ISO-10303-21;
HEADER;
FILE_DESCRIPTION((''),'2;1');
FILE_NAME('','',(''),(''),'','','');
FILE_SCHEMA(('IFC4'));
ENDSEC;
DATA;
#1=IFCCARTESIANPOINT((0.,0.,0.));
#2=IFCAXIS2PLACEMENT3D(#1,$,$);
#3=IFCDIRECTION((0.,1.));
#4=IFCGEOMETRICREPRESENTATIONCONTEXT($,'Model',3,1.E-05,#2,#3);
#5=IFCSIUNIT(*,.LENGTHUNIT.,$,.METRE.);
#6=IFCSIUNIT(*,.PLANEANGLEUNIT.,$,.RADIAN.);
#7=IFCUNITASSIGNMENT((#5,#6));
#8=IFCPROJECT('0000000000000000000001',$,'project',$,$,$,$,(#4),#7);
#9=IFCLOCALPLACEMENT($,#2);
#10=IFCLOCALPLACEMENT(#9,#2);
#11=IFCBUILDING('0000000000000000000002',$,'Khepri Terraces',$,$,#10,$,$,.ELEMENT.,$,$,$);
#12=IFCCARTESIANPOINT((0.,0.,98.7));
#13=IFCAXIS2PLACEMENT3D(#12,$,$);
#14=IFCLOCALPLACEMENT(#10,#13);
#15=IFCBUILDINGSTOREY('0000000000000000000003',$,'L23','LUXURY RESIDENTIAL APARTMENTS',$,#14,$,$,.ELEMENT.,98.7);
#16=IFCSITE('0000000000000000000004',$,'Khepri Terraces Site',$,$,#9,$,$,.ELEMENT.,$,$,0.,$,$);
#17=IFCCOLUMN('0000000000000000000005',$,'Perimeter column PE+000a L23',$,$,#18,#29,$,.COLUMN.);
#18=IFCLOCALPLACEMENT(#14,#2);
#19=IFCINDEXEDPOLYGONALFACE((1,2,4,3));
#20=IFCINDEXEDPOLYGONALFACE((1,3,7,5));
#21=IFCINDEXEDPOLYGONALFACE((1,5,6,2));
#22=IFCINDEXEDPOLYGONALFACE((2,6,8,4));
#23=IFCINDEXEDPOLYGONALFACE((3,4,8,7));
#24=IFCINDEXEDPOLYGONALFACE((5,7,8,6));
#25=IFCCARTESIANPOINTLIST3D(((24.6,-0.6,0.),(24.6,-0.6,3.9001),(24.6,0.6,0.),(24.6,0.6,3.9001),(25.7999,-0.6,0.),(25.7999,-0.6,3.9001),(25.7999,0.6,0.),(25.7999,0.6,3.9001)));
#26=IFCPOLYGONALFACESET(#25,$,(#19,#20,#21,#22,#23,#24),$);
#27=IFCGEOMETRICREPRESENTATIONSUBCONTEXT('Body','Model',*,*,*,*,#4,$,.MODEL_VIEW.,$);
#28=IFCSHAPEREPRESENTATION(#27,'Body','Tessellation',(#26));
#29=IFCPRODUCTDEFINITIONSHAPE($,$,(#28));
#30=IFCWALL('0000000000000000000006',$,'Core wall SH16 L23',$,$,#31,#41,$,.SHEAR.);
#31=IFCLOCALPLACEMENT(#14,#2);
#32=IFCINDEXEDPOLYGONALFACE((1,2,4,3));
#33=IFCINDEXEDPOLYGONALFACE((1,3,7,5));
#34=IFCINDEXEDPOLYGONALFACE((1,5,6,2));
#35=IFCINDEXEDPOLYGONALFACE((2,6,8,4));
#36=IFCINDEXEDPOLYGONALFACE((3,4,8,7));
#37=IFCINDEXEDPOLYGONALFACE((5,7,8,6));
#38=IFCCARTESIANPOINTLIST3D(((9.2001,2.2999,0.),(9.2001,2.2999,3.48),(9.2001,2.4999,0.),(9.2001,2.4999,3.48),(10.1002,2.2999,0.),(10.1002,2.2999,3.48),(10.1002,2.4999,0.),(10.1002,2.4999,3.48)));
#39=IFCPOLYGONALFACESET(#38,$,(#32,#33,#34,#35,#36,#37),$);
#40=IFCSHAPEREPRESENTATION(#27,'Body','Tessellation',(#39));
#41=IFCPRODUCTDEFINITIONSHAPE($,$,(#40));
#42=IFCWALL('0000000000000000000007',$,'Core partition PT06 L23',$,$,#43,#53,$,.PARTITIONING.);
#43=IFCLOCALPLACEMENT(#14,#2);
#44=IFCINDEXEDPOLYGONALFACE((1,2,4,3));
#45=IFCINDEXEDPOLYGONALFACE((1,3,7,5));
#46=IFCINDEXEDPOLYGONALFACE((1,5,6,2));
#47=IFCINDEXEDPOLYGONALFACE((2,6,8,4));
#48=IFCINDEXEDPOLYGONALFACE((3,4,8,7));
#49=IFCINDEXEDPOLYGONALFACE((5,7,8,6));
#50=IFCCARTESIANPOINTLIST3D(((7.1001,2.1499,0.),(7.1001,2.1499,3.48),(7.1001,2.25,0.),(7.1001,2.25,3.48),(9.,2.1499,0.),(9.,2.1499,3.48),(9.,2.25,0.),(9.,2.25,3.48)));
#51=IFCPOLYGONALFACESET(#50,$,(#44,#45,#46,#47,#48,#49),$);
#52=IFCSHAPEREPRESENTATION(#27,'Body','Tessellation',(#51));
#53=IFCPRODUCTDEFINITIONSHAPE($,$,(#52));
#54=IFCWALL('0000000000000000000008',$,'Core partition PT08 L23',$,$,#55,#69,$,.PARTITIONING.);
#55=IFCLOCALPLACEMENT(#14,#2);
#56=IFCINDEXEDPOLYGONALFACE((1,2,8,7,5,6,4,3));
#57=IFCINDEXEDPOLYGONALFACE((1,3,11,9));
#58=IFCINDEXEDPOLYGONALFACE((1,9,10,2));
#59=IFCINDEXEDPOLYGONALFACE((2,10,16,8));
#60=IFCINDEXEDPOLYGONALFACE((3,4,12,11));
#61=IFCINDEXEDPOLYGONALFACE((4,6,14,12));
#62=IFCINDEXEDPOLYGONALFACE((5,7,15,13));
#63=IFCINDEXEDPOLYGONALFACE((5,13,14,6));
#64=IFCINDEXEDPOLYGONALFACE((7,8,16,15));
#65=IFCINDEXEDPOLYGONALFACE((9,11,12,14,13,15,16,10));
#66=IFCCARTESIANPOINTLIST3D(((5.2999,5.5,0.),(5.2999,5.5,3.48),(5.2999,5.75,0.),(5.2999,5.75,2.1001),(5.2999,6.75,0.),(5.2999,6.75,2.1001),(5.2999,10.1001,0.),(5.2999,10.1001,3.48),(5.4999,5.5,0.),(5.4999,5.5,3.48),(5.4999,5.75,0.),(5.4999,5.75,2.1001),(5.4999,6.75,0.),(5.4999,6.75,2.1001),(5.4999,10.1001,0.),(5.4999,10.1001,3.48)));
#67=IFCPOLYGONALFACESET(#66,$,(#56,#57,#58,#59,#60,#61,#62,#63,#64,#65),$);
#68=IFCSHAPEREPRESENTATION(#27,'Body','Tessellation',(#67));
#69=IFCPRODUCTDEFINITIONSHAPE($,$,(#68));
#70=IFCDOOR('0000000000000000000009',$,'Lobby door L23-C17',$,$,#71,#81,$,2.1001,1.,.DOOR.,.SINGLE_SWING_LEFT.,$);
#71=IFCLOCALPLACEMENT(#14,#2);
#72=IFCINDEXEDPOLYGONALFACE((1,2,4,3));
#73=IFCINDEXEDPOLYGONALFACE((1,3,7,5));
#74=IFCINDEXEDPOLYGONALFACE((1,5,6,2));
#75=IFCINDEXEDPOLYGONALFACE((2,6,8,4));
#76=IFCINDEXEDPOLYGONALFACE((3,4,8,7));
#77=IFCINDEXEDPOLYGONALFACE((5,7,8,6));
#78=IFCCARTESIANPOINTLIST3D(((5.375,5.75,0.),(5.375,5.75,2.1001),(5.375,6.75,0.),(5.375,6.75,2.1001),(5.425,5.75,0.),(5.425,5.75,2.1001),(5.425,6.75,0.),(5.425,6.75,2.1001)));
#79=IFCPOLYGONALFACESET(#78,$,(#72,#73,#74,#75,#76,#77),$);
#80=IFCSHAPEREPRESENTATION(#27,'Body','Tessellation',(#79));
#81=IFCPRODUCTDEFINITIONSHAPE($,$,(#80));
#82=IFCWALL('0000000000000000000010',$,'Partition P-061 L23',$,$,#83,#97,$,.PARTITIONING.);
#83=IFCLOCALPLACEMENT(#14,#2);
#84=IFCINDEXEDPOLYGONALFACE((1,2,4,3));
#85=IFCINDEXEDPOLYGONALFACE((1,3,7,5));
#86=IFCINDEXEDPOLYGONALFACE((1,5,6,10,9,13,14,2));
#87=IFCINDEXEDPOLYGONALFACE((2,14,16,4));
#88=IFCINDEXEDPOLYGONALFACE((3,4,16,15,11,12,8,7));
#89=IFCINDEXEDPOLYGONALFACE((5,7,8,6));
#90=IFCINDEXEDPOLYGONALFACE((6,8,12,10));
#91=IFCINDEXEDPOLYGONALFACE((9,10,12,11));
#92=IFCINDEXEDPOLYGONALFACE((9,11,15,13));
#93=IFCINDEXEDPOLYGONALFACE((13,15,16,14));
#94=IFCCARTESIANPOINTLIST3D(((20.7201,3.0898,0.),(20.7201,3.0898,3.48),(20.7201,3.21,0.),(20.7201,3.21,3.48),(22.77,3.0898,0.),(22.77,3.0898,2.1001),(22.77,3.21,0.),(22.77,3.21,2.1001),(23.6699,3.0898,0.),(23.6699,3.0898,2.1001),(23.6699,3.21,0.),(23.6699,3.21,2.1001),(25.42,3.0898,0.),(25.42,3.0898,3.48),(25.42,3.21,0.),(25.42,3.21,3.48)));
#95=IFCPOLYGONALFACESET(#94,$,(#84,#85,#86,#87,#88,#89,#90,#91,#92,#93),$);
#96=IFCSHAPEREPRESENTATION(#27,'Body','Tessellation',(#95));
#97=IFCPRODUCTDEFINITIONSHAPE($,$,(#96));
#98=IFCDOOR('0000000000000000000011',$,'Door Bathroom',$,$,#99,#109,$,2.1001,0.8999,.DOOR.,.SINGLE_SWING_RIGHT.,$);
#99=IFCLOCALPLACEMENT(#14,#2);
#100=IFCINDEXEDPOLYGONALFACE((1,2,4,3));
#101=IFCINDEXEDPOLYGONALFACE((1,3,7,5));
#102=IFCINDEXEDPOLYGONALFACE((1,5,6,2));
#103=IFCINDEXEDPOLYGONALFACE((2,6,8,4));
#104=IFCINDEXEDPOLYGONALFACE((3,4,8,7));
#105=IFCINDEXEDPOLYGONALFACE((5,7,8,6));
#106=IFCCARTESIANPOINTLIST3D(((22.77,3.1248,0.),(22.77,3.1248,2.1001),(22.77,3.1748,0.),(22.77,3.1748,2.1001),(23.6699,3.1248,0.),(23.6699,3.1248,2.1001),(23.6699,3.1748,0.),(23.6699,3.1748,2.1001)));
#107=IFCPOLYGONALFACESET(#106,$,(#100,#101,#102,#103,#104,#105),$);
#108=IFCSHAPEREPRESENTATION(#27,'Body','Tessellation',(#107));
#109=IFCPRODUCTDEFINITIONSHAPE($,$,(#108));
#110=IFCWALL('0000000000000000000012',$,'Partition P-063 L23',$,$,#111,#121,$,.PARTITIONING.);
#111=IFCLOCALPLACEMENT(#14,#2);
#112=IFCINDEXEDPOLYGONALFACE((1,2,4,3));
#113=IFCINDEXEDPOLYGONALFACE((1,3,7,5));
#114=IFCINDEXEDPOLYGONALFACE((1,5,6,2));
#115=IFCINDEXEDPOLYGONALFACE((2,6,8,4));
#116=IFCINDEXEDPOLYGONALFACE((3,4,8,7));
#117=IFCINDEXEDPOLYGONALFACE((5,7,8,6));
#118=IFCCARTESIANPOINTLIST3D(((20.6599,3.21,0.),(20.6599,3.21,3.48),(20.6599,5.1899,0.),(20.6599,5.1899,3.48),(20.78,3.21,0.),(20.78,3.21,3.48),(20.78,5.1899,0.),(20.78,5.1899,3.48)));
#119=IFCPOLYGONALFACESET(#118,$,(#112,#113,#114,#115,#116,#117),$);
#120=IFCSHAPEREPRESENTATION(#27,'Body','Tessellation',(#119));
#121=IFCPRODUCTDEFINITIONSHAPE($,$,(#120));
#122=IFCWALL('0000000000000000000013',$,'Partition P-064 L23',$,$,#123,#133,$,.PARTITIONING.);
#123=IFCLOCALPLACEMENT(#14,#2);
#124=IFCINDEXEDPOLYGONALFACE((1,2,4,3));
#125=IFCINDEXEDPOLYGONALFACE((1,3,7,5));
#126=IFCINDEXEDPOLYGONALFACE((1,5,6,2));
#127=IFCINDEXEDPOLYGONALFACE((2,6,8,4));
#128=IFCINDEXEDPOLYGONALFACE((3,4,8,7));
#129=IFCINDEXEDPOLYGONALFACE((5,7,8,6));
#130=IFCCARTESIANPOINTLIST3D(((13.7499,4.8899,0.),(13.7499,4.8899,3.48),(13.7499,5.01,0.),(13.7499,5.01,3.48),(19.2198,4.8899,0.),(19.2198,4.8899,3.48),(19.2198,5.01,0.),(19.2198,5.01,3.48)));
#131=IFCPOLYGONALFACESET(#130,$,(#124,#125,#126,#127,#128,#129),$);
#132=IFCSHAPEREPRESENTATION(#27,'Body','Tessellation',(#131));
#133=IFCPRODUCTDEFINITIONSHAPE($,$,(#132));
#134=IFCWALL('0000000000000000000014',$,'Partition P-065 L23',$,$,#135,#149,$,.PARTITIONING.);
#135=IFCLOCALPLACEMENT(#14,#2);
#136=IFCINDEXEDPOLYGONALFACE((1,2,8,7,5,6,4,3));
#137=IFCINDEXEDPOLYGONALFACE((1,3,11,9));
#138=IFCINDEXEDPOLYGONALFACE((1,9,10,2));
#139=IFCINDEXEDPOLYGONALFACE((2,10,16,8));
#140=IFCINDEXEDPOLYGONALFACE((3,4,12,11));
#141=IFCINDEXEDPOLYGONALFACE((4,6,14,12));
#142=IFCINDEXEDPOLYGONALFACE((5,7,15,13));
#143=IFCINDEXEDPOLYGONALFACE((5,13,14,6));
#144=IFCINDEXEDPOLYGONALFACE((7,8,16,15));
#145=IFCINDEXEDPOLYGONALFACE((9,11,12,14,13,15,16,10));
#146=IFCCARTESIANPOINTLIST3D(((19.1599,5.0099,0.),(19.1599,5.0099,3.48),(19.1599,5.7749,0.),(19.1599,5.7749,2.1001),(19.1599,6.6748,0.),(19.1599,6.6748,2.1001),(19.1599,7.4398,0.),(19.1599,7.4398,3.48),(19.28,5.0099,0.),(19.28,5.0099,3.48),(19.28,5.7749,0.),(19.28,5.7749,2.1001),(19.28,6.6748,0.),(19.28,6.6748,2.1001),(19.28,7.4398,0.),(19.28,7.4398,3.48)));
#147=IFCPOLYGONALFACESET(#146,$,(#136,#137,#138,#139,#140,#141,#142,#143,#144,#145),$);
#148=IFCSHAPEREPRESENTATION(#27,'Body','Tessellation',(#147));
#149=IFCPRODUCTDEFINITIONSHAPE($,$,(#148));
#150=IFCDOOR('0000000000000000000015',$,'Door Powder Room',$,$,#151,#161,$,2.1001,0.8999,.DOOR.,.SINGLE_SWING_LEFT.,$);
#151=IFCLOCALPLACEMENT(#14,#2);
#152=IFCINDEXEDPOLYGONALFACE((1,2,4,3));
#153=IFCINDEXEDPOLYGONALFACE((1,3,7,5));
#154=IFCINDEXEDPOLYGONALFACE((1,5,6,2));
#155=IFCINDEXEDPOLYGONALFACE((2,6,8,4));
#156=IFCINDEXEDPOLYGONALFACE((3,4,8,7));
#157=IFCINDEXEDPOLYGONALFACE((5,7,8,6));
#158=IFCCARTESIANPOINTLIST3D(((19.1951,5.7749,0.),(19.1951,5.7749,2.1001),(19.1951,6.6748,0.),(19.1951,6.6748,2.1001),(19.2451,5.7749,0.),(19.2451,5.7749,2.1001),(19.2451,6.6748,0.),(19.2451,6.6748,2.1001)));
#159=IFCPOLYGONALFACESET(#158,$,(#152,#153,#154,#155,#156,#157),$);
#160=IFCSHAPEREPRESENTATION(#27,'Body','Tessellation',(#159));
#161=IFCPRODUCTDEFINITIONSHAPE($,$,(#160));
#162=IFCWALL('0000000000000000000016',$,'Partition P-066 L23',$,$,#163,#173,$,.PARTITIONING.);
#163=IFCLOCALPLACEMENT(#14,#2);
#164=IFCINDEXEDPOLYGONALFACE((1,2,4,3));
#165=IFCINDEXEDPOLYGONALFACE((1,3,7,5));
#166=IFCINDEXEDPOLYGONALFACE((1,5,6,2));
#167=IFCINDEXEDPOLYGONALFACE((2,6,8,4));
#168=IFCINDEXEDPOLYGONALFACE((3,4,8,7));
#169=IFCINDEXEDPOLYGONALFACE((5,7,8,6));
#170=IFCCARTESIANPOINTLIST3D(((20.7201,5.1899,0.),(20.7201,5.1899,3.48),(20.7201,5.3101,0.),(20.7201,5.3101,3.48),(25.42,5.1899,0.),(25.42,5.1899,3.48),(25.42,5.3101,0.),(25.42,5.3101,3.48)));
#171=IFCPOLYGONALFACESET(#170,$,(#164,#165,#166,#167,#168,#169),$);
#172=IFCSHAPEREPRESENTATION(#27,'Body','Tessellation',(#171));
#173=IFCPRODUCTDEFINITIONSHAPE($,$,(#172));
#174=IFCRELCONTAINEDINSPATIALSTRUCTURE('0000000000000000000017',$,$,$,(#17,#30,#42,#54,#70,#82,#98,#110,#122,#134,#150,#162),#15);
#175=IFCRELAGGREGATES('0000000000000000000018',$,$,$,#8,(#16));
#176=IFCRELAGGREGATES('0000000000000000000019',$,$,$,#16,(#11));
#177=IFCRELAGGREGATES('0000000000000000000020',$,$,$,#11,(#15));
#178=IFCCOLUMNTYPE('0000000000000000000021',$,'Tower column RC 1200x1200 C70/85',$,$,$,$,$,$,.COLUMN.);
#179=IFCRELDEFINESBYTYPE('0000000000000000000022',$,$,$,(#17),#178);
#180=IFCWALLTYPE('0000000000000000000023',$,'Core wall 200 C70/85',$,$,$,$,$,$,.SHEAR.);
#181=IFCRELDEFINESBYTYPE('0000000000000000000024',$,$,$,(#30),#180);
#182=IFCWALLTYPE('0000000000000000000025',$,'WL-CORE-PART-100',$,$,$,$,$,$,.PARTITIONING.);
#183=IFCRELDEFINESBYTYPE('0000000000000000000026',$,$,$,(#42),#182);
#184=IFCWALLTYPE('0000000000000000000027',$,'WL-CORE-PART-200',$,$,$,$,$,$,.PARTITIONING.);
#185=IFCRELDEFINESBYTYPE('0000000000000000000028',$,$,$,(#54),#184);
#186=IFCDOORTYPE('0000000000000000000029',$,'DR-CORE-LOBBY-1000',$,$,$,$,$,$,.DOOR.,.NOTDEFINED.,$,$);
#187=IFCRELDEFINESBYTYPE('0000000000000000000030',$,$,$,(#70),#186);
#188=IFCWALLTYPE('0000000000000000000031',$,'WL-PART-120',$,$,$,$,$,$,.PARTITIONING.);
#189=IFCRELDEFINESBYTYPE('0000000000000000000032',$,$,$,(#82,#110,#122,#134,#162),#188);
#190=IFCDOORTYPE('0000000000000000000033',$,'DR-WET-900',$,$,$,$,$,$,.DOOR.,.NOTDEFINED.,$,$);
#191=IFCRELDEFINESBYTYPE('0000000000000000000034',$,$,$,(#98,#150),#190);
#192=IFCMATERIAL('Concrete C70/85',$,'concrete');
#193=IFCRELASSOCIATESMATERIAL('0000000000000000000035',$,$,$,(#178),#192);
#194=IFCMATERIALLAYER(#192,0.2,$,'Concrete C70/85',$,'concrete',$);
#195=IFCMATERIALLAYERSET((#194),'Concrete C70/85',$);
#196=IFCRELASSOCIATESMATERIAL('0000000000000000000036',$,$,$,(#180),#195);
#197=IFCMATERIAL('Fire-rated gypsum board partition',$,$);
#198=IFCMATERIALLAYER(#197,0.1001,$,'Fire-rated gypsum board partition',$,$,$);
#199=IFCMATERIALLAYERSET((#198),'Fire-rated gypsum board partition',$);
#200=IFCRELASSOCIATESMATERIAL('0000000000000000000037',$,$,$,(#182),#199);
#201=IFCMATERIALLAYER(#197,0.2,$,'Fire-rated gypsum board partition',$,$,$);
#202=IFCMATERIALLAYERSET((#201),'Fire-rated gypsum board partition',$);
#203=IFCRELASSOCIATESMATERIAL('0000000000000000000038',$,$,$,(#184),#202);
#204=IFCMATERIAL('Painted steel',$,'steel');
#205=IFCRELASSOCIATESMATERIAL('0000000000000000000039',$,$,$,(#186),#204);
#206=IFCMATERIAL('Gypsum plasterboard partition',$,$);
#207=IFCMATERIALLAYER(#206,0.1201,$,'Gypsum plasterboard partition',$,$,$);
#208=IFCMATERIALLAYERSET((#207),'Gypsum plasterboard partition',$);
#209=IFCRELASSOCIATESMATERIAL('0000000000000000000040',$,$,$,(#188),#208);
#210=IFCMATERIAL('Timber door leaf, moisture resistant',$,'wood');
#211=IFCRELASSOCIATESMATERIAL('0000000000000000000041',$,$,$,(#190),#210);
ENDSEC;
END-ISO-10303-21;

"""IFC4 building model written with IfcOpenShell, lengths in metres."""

from ifc_helpers import new_model, si_unit, direction, frame, frame_2d, origin, origin_2d, place, context, subcontext, project, spatial, rectangle, extrude, material, layer, layer_set, material_profile, profile_set, type_object, element, fill, save


model = new_model("IFC4")

# Units and contexts
model_context = context("Model", 3, precision=1e-05, world=origin(), true_north=direction((0.0, 1.0)))
body_context = subcontext(model_context, "Body", "Model", "MODEL_VIEW")
ifc_project = project(units=[si_unit("LENGTHUNIT", "METRE"), si_unit("PLANEANGLEUNIT", "RADIAN")], contexts=[model_context])

# Site, building, storey
site_placement = place(None, origin())
site = spatial("IfcSite", under=ifc_project, at=site_placement, Name="Khepri Terraces Site", CompositionType="ELEMENT", RefElevation=0.0)
building_placement = place(site_placement, origin())
building = spatial("IfcBuilding", under=site, at=building_placement, Name="Khepri Terraces", CompositionType="ELEMENT")
storey_placement = place(building_placement, frame((0.0, 0.0, 98.7)))
storey = spatial("IfcBuildingStorey", under=building, at=storey_placement, Name="L23", Description="LUXURY RESIDENTIAL APARTMENTS", CompositionType="ELEMENT", Elevation=98.7)

# Column
ifc_material_1 = material(Name="Concrete C70/85", Category="concrete")
ifc_material_profile = material_profile(ifc_material_1, rectangle(XDim=1.2, YDim=1.2, at=origin_2d()), Name="Concrete C70/85", Category="concrete")
ifc_profile_set = profile_set([ifc_material_profile], Name="Concrete C70/85")
column_type = type_object("IfcColumnType", Name="Tower column RC 1200x1200 C70/85", PredefinedType="COLUMN", material=ifc_profile_set)
column_placement = place(storey_placement, frame((25.2, 0.0, 0.0), z_axis=(0.0, 0.0, 1.0), x_axis=(1.0, 0.0, 0.0)))
element("IfcColumn", 1, at=column_placement, inside=storey, type_object=column_type, Name="Perimeter column PE+000a L23", PredefinedType="COLUMN", context=body_context, shape_type="SweptSolid", body=[
    extrude(rectangle(XDim=1.2, YDim=1.2, at=origin_2d()), origin(), (0.0, 0.0, 1.0), 3.9001),
])

# Walls
ifc_layer_1 = layer(ifc_material_1, 0.2, Name="Concrete C70/85", Category="concrete")
ifc_layer_set_1 = layer_set([ifc_layer_1], Name="Concrete C70/85")
wall_type_1 = type_object("IfcWallType", Name="Core wall 200 C70/85", PredefinedType="SHEAR", material=ifc_layer_set_1)
wall_1_placement = place(storey_placement, frame((9.2, 2.3999, 0.0), z_axis=(0.0, 0.0, 1.0), x_axis=(1.0, 0.0, 0.0)))
element("IfcWall", 2, at=wall_1_placement, inside=storey, type_object=wall_type_1, Name="Core wall SH16 L23", PredefinedType="SHEAR", context=body_context, shape_type="SweptSolid", body=[
    extrude(rectangle(XDim=0.9001, YDim=0.2, at=frame_2d((0.4502, 0.0))), origin(), (0.0, 0.0, 1.0), 3.48),
])
ifc_material_2 = material(Name="Fire-rated gypsum board partition")
ifc_layer_2 = layer(ifc_material_2, 0.1001, Name="Fire-rated gypsum board partition")
ifc_layer_set_2 = layer_set([ifc_layer_2], Name="Fire-rated gypsum board partition")
wall_type_2 = type_object("IfcWallType", Name="WL-CORE-PART-100", PredefinedType="PARTITIONING", material=ifc_layer_set_2)
wall_2_placement = place(storey_placement, frame((7.1001, 2.2, 0.0), z_axis=(0.0, 0.0, 1.0), x_axis=(1.0, 0.0, 0.0)))
element("IfcWall", 3, at=wall_2_placement, inside=storey, type_object=wall_type_2, Name="Core partition PT06 L23", PredefinedType="PARTITIONING", context=body_context, shape_type="SweptSolid", body=[
    extrude(rectangle(XDim=1.8999, YDim=0.1001, at=frame_2d((0.95, 0.0))), origin(), (0.0, 0.0, 1.0), 3.48),
])

# Wall, opening, door
ifc_layer_3 = layer(ifc_material_2, 0.2, Name="Fire-rated gypsum board partition")
ifc_layer_set_3 = layer_set([ifc_layer_3], Name="Fire-rated gypsum board partition")
wall_type_3 = type_object("IfcWallType", Name="WL-CORE-PART-200", PredefinedType="PARTITIONING", material=ifc_layer_set_3)
wall_3_placement = place(storey_placement, frame((5.3999, 5.5, 0.0), z_axis=(0.0, 0.0, 1.0), x_axis=(0.0, 1.0, 0.0)))
wall_3 = element("IfcWall", 4, at=wall_3_placement, inside=storey, type_object=wall_type_3, Name="Core partition PT08 L23", PredefinedType="PARTITIONING", context=body_context, shape_type="SweptSolid", body=[
    extrude(rectangle(XDim=4.6001, YDim=0.2, at=frame_2d((2.3, 0.0))), origin(), (0.0, 0.0, 1.0), 3.48),
])
opening_1_placement = place(wall_3_placement, frame((0.25, 0.0, 0.0)))
opening_1 = element("IfcOpeningElement", 5, at=opening_1_placement, cuts=wall_3, PredefinedType="OPENING", context=body_context, shape_type="SweptSolid", body=[
    extrude(rectangle(XDim=1.0, YDim=2.1001, at=frame_2d((0.5, 1.05))), frame((0.0, 0.1099, 0.0), z_axis=(0.0, -1.0, 0.0), x_axis=(1.0, 0.0, 0.0)), (0.0, 0.0, 1.0), 0.22),
])
ifc_material_3 = material(Name="Painted steel", Category="steel")
door_type_1 = type_object("IfcDoorType", Name="DR-CORE-LOBBY-1000", OperationType="NOTDEFINED", PredefinedType="DOOR", material=ifc_material_3)
door_1_placement = place(opening_1_placement, origin())
door_1 = element("IfcDoor", 6, at=door_1_placement, inside=storey, type_object=door_type_1, Name="Lobby door L23-C17", OperationType="SINGLE_SWING_LEFT", OverallHeight=2.1001, OverallWidth=1.0, PredefinedType="DOOR", context=body_context, shape_type="SweptSolid", body=[
    extrude(rectangle(XDim=1.0, YDim=2.1001, at=frame_2d((0.5, 1.05))), frame((0.0, 0.0249, 0.0), z_axis=(0.0, -1.0, 0.0), x_axis=(1.0, 0.0, 0.0)), (0.0, 0.0, 1.0), 0.05),
])
fill(opening_1, door_1)

# Wall, opening, door
ifc_material_4 = material(Name="Gypsum plasterboard partition")
ifc_layer_4 = layer(ifc_material_4, 0.1201, Name="Gypsum plasterboard partition")
ifc_layer_set_4 = layer_set([ifc_layer_4], Name="Gypsum plasterboard partition")
wall_type_4 = type_object("IfcWallType", Name="WL-PART-120", PredefinedType="PARTITIONING", material=ifc_layer_set_4)
wall_4_placement = place(storey_placement, frame((20.72, 3.1499, 0.0), z_axis=(0.0, 0.0, 1.0), x_axis=(1.0, 0.0, 0.0)))
wall_4 = element("IfcWall", 7, at=wall_4_placement, inside=storey, type_object=wall_type_4, Name="Partition P-061 L23", PredefinedType="PARTITIONING", context=body_context, shape_type="SweptSolid", body=[
    extrude(rectangle(XDim=4.7, YDim=0.1201, at=frame_2d((2.3501, 0.0))), origin(), (0.0, 0.0, 1.0), 3.48),
])
opening_2_placement = place(wall_4_placement, frame((2.05, 0.0, 0.0)))
opening_2 = element("IfcOpeningElement", 8, at=opening_2_placement, cuts=wall_4, PredefinedType="OPENING", context=body_context, shape_type="SweptSolid", body=[
    extrude(rectangle(XDim=0.8999, YDim=2.1001, at=frame_2d((0.45, 1.05))), frame((0.0, 0.0701, 0.0), z_axis=(0.0, -1.0, 0.0), x_axis=(1.0, 0.0, 0.0)), (0.0, 0.0, 1.0), 0.1401),
])
ifc_material_5 = material(Name="Timber door leaf, moisture resistant", Category="wood")
door_type_2 = type_object("IfcDoorType", Name="DR-WET-900", OperationType="NOTDEFINED", PredefinedType="DOOR", material=ifc_material_5)
door_2_placement = place(opening_2_placement, origin())
door_2 = element("IfcDoor", 9, at=door_2_placement, inside=storey, type_object=door_type_2, Name="Door Bathroom", OperationType="SINGLE_SWING_RIGHT", OverallHeight=2.1001, OverallWidth=0.8999, PredefinedType="DOOR", context=body_context, shape_type="SweptSolid", body=[
    extrude(rectangle(XDim=0.8999, YDim=2.1001, at=frame_2d((0.45, 1.05))), frame((0.0, 0.0249, 0.0), z_axis=(0.0, -1.0, 0.0), x_axis=(1.0, 0.0, 0.0)), (0.0, 0.0, 1.0), 0.05),
])
fill(opening_2, door_2)

# Walls
wall_5_placement = place(storey_placement, frame((20.72, 3.21, 0.0), z_axis=(0.0, 0.0, 1.0), x_axis=(0.0, 1.0, 0.0)))
element("IfcWall", 10, at=wall_5_placement, inside=storey, type_object=wall_type_4, Name="Partition P-063 L23", PredefinedType="PARTITIONING", context=body_context, shape_type="SweptSolid", body=[
    extrude(rectangle(XDim=1.98, YDim=0.1201, at=frame_2d((0.99, 0.0))), origin(), (0.0, 0.0, 1.0), 3.48),
])
wall_6_placement = place(storey_placement, frame((13.75, 4.95, 0.0), z_axis=(0.0, 0.0, 1.0), x_axis=(1.0, 0.0, 0.0)))
element("IfcWall", 11, at=wall_6_placement, inside=storey, type_object=wall_type_4, Name="Partition P-064 L23", PredefinedType="PARTITIONING", context=body_context, shape_type="SweptSolid", body=[
    extrude(rectangle(XDim=5.47, YDim=0.1201, at=frame_2d((2.7349, 0.0))), origin(), (0.0, 0.0, 1.0), 3.48),
])

# Wall, opening, door
wall_7_placement = place(storey_placement, frame((19.22, 5.01, 0.0), z_axis=(0.0, 0.0, 1.0), x_axis=(0.0, 1.0, 0.0)))
wall_7 = element("IfcWall", 12, at=wall_7_placement, inside=storey, type_object=wall_type_4, Name="Partition P-065 L23", PredefinedType="PARTITIONING", context=body_context, shape_type="SweptSolid", body=[
    extrude(rectangle(XDim=2.4299, YDim=0.1201, at=frame_2d((1.2148, 0.0))), origin(), (0.0, 0.0, 1.0), 3.48),
])
opening_3_placement = place(wall_7_placement, frame((0.7649, 0.0, 0.0)))
opening_3 = element("IfcOpeningElement", 13, at=opening_3_placement, cuts=wall_7, PredefinedType="OPENING", context=body_context, shape_type="SweptSolid", body=[
    extrude(rectangle(XDim=0.8999, YDim=2.1001, at=frame_2d((0.45, 1.05))), frame((0.0, 0.0701, 0.0), z_axis=(0.0, -1.0, 0.0), x_axis=(1.0, 0.0, 0.0)), (0.0, 0.0, 1.0), 0.1401),
])
door_3_placement = place(opening_3_placement, origin())
door_3 = element("IfcDoor", 14, at=door_3_placement, inside=storey, type_object=door_type_2, Name="Door Powder Room", OperationType="SINGLE_SWING_LEFT", OverallHeight=2.1001, OverallWidth=0.8999, PredefinedType="DOOR", context=body_context, shape_type="SweptSolid", body=[
    extrude(rectangle(XDim=0.8999, YDim=2.1001, at=frame_2d((0.45, 1.05))), frame((0.0, 0.0249, 0.0), z_axis=(0.0, -1.0, 0.0), x_axis=(1.0, 0.0, 0.0)), (0.0, 0.0, 1.0), 0.05),
])
fill(opening_3, door_3)

# Wall
wall_8_placement = place(storey_placement, frame((20.72, 5.25, 0.0), z_axis=(0.0, 0.0, 1.0), x_axis=(1.0, 0.0, 0.0)))
element("IfcWall", 15, at=wall_8_placement, inside=storey, type_object=wall_type_4, Name="Partition P-066 L23", PredefinedType="PARTITIONING", context=body_context, shape_type="SweptSolid", body=[
    extrude(rectangle(XDim=4.7, YDim=0.1201, at=frame_2d((2.3501, 0.0))), origin(), (0.0, 0.0, 1.0), 3.48),
])

save(model, "model.ifc")
